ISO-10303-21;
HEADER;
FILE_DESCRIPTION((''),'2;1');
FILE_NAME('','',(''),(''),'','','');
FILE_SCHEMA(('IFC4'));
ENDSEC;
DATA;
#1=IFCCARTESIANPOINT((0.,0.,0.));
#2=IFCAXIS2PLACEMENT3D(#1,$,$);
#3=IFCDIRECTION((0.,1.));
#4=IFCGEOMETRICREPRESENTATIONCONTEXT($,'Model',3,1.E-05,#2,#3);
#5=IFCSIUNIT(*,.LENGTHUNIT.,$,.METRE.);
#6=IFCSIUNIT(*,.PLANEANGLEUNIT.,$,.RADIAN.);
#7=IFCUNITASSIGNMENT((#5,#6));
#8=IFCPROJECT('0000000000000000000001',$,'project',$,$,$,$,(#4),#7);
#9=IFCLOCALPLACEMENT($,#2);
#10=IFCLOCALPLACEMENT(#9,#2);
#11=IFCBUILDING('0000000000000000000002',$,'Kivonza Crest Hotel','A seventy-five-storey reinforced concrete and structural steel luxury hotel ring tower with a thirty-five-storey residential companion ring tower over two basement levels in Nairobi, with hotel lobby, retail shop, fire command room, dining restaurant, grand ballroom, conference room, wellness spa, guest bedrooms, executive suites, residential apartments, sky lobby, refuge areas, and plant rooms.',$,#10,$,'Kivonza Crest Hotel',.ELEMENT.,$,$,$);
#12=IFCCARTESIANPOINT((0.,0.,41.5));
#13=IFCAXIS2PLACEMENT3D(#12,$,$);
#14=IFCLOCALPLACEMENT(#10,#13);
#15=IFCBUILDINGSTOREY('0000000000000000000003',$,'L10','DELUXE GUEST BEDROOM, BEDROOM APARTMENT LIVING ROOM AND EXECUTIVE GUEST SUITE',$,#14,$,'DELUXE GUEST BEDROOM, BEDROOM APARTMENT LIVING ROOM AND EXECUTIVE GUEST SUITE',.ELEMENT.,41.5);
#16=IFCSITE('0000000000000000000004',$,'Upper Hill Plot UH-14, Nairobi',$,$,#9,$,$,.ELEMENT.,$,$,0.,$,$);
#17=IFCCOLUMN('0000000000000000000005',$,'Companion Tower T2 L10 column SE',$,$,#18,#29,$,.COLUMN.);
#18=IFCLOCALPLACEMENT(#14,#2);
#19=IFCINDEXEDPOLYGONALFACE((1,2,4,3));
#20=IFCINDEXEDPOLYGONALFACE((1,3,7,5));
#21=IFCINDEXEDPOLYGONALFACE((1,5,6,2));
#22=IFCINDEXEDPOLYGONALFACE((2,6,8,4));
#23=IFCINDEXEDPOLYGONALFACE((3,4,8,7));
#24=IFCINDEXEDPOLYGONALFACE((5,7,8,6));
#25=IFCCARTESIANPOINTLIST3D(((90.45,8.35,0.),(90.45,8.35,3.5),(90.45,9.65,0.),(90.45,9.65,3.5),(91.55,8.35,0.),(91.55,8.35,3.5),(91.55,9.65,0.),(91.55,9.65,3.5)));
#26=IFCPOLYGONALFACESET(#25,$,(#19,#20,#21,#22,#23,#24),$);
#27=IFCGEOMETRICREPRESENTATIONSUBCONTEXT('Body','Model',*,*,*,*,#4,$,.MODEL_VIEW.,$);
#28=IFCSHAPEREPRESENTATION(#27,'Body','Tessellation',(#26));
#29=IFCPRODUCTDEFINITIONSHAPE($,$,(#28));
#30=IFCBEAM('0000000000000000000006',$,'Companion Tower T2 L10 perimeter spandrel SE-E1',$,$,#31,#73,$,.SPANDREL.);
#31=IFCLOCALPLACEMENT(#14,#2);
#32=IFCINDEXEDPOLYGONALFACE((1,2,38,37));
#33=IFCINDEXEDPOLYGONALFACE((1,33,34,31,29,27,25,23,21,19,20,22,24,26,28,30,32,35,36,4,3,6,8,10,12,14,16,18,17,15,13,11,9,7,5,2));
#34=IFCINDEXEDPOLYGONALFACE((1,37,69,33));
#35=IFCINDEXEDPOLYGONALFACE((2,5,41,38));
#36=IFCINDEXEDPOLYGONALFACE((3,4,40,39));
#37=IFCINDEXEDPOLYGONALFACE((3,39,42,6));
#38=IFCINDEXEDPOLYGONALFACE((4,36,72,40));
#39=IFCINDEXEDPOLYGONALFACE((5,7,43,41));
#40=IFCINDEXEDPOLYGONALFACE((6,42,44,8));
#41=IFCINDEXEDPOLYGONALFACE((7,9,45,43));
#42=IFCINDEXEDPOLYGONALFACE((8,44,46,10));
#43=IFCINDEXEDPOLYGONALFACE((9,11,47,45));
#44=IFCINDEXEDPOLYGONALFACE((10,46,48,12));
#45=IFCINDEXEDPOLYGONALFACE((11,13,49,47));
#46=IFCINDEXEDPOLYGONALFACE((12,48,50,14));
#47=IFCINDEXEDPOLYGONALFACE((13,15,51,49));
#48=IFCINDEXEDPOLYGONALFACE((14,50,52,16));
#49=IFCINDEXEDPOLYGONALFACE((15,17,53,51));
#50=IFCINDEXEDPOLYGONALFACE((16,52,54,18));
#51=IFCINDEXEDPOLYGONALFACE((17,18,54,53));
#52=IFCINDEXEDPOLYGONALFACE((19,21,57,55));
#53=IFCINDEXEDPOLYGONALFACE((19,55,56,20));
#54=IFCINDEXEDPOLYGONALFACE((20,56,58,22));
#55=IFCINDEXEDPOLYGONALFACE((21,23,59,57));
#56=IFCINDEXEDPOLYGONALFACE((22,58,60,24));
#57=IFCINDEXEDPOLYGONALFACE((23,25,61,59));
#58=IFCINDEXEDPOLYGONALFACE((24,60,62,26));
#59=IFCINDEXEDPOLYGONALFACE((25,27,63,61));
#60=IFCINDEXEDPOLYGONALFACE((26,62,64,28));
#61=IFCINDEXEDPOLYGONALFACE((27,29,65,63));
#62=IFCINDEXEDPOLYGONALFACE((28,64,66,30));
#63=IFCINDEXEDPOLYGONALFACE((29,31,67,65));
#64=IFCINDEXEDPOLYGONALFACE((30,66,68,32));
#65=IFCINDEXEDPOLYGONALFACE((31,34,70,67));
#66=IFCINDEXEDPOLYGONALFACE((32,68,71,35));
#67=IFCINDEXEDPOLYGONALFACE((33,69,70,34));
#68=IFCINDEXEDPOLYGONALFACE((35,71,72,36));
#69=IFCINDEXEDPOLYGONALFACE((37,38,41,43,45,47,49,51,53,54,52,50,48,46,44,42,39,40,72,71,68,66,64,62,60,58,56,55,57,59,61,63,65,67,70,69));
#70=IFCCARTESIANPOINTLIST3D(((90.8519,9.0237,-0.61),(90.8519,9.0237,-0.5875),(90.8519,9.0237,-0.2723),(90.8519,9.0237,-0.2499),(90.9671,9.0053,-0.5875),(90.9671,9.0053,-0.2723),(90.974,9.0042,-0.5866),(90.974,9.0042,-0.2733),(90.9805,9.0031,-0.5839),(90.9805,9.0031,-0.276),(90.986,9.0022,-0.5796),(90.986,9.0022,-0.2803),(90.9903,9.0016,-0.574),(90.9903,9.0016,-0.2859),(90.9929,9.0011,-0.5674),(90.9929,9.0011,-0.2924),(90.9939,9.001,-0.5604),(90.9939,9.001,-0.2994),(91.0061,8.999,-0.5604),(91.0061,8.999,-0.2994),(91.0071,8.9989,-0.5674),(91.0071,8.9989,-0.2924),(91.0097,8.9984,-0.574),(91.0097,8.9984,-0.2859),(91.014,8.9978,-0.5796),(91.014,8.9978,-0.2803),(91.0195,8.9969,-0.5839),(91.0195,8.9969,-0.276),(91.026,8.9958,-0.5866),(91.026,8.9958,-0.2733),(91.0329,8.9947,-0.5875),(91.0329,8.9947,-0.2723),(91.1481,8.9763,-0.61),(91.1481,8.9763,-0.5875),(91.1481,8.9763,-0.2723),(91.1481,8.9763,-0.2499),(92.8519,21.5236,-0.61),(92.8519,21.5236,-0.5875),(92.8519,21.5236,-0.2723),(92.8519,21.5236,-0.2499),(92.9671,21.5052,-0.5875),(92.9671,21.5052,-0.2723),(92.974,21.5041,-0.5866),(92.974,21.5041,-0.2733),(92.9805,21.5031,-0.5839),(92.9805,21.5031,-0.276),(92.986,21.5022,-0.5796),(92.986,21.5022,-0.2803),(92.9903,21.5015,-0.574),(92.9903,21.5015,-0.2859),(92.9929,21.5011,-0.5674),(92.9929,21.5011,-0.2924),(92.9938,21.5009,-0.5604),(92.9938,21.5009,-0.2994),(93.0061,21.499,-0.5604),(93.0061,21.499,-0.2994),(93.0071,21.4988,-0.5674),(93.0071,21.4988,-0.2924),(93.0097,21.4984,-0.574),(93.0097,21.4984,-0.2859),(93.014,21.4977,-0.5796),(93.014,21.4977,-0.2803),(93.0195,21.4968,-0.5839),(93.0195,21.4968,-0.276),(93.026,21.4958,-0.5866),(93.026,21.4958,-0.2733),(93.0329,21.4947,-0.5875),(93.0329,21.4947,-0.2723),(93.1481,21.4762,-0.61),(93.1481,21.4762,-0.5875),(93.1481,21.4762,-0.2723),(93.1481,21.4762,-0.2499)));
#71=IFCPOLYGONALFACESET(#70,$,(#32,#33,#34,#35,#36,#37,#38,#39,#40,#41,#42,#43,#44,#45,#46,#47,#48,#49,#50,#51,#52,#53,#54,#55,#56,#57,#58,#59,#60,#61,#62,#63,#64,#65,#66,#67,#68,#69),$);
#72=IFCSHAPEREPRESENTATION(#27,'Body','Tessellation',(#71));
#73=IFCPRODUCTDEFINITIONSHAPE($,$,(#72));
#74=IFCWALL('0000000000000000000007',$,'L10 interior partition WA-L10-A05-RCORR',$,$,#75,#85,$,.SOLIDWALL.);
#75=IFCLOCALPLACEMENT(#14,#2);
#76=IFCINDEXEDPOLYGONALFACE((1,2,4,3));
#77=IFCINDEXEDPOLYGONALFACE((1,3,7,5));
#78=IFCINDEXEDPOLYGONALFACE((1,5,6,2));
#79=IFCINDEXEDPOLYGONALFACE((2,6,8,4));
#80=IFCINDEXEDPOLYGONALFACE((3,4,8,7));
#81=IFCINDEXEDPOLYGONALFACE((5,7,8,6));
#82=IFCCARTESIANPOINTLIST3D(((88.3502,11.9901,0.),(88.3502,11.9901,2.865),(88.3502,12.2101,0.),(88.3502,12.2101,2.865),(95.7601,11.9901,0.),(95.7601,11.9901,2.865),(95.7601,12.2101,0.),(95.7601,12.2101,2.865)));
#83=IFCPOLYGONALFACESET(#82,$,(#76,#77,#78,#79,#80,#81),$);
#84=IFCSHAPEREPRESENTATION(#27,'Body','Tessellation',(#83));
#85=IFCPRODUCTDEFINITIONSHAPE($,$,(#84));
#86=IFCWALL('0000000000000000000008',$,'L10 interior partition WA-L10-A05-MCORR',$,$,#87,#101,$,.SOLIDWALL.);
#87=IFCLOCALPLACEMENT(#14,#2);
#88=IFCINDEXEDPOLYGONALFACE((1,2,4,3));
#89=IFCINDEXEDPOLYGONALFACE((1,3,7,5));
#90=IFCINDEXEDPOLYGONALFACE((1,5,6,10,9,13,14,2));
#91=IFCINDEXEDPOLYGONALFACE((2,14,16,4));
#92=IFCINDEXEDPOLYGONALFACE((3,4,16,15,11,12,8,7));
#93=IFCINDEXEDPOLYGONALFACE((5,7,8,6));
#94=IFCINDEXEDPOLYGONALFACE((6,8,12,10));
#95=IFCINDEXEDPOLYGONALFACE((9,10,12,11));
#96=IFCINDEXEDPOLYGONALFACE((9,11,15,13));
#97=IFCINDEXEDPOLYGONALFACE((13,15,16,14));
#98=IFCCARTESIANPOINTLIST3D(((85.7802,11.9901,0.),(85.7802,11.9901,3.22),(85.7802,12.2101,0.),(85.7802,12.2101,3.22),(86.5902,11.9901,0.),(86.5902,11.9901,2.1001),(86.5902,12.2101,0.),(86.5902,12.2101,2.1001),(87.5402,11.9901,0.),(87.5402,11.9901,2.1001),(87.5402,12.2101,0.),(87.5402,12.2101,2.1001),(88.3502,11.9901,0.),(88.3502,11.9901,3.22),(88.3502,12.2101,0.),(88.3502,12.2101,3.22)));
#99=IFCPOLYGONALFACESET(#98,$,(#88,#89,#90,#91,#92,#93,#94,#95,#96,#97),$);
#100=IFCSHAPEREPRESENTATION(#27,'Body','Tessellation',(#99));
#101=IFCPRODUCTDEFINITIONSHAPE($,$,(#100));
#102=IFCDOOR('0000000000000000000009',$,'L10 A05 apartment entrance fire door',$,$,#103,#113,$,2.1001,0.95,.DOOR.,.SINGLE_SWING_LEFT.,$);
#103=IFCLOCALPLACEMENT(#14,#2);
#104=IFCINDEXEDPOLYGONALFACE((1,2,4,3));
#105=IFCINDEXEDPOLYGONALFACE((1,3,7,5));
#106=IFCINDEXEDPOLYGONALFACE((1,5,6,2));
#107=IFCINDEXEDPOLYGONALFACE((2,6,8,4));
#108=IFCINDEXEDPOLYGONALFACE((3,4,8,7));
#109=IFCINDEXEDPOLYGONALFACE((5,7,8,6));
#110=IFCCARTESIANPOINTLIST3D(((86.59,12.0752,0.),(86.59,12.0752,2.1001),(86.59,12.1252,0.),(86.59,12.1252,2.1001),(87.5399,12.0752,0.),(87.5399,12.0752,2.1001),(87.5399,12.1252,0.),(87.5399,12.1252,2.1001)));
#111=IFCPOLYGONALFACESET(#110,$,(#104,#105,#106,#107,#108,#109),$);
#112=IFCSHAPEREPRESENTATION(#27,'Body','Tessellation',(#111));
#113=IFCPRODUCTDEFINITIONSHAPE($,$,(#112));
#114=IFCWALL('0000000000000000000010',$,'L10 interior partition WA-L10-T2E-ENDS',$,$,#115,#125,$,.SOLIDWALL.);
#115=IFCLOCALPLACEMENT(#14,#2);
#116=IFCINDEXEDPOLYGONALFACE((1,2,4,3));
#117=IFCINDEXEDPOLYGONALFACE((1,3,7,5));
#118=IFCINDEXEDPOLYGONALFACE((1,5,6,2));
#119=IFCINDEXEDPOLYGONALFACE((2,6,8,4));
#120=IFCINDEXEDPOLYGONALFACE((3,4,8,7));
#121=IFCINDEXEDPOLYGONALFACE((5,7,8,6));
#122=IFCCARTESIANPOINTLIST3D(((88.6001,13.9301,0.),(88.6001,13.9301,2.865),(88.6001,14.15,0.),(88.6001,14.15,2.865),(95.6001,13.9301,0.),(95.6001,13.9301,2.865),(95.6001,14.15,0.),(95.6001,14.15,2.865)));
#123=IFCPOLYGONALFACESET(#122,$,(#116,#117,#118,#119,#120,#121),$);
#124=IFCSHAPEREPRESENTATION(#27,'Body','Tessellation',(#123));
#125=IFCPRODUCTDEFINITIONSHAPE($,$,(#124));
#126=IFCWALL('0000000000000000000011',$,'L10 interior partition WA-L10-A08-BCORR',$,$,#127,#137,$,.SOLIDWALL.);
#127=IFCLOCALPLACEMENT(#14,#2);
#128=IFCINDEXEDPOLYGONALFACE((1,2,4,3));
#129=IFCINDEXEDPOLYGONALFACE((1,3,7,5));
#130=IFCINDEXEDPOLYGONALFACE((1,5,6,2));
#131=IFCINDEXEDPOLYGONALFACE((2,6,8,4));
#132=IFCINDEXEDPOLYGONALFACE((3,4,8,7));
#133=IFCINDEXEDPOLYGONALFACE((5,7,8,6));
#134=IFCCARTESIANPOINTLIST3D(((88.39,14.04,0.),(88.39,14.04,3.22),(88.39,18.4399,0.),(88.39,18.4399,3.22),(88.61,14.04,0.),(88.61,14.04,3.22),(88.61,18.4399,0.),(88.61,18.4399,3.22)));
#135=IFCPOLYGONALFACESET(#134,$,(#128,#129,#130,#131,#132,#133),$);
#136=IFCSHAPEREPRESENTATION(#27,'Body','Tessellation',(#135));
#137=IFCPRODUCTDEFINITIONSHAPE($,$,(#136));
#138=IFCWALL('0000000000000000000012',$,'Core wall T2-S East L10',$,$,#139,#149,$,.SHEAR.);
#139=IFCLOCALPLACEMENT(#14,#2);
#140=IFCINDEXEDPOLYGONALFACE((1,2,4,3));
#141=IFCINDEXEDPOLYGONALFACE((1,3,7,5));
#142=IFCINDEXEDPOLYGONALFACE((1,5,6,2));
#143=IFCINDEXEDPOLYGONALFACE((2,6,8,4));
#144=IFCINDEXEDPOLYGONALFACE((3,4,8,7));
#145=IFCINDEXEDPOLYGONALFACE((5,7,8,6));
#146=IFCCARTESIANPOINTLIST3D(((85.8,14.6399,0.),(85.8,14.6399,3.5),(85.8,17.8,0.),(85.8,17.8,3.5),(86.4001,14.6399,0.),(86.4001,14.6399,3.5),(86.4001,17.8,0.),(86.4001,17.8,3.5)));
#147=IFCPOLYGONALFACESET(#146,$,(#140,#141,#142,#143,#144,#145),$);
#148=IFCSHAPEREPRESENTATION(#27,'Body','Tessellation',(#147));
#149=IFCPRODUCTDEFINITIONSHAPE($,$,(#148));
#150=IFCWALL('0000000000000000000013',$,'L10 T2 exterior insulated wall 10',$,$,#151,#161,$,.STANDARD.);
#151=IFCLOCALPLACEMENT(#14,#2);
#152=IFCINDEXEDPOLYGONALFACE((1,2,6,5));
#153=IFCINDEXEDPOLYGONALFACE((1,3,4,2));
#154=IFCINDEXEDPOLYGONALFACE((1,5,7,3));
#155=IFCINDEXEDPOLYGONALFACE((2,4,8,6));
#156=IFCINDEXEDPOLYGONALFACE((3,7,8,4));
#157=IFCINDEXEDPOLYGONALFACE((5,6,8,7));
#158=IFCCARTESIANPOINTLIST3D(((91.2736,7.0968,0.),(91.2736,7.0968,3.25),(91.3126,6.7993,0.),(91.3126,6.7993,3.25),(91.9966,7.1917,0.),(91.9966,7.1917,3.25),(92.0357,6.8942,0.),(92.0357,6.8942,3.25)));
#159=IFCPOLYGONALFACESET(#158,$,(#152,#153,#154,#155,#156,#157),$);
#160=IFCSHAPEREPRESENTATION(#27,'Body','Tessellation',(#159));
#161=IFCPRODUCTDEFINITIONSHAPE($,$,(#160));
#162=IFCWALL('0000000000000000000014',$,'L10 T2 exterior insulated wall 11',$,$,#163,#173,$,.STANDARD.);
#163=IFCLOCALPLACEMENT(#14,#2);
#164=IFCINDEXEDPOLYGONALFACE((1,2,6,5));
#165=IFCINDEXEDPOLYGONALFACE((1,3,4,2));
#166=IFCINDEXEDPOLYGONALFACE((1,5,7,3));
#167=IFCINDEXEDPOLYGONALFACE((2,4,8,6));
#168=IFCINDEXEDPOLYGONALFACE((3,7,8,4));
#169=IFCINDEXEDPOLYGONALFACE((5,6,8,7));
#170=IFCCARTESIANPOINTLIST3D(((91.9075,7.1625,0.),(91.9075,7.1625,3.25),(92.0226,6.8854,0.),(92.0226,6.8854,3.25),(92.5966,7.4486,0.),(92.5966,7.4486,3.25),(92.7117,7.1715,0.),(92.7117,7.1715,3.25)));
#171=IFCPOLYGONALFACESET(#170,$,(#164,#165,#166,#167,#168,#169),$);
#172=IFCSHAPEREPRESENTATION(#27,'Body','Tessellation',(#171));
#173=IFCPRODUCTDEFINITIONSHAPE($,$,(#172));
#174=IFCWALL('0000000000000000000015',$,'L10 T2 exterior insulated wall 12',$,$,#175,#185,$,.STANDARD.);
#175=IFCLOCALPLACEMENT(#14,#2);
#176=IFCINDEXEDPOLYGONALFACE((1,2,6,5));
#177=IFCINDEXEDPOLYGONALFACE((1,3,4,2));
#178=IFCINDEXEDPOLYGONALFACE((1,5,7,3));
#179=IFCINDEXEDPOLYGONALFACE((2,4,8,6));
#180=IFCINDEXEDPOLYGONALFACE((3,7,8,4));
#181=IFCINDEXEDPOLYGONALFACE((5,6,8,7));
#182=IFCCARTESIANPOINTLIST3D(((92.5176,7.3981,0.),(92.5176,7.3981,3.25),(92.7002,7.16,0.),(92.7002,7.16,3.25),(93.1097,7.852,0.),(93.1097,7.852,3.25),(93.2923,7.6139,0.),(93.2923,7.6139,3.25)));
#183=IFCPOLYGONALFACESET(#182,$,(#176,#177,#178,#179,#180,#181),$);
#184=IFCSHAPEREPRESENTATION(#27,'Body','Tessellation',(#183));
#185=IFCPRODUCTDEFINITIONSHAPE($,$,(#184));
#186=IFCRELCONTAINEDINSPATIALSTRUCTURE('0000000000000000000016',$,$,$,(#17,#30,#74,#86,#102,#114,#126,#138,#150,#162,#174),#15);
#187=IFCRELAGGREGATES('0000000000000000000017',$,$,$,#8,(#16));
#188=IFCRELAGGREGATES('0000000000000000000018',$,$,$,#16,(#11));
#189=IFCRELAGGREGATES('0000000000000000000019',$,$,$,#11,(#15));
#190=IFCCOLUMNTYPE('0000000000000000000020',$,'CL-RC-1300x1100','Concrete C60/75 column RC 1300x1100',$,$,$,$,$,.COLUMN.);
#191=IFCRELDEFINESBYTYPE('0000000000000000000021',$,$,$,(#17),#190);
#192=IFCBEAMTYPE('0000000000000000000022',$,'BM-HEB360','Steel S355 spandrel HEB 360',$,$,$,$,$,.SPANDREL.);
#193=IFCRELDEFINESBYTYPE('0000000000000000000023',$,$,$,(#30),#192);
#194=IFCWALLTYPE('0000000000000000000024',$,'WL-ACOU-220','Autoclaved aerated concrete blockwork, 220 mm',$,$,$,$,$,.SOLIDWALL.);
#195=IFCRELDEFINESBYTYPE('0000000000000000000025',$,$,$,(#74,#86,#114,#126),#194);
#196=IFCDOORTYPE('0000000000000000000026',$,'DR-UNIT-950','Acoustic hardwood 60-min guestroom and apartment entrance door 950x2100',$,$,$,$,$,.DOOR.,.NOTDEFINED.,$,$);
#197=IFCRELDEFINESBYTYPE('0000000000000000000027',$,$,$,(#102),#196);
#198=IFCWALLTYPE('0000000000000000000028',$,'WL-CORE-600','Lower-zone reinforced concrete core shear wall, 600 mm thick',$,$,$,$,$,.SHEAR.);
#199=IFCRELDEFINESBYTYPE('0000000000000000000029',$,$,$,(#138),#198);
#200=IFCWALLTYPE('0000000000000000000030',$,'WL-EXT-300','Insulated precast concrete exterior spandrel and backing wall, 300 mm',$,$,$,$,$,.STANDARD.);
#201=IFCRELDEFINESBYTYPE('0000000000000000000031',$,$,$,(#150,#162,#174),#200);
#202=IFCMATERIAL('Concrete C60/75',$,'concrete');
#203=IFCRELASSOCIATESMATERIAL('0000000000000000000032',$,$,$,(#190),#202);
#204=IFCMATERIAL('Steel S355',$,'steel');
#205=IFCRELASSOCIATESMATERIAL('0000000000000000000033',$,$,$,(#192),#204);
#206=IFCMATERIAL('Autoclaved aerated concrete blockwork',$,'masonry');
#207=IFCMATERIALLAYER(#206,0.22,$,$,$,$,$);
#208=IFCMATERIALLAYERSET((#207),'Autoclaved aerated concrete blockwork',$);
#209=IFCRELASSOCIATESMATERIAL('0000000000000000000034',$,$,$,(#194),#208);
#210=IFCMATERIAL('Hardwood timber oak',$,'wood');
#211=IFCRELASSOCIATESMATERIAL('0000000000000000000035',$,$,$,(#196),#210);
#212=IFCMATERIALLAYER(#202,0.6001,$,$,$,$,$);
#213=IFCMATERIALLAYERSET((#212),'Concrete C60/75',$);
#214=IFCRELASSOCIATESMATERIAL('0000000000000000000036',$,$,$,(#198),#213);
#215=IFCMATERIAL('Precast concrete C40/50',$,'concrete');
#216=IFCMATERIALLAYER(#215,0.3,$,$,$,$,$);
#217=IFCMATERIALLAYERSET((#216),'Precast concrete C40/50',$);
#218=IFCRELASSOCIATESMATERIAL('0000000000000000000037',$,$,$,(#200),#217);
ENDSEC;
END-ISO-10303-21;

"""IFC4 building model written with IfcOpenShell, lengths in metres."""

from ifc_helpers import new_model, si_unit, direction, frame, frame_2d, origin, origin_2d, place, context, subcontext, project, spatial, rectangle, i_section, extrude, material, layer, layer_set, material_profile, profile_set, type_object, element, fill, save


model = new_model("IFC4")

# Units and contexts
model_context = context("Model", 3, precision=1e-05, world=origin(), true_north=direction((0.0, 1.0)))
body_context = subcontext(model_context, "Body", "Model", "MODEL_VIEW")
ifc_project = project(units=[si_unit("LENGTHUNIT", "METRE"), si_unit("PLANEANGLEUNIT", "RADIAN")], contexts=[model_context])

# Site, building, storey
site_placement = place(None, origin())
site = spatial("IfcSite", under=ifc_project, at=site_placement, Name="Upper Hill Plot UH-14, Nairobi", CompositionType="ELEMENT", RefElevation=0.0)
building_placement = place(site_placement, origin())
building = spatial("IfcBuilding", under=site, at=building_placement, Name="Kivonza Crest Hotel", Description="A seventy-five-storey reinforced concrete and structural steel luxury hotel ring tower with a thirty-five-storey residential companion ring tower over two basement levels in Nairobi, with hotel lobby, retail shop, fire command room, dining restaurant, grand ballroom, conference room, wellness spa, guest bedrooms, executive suites, residential apartments, sky lobby, refuge areas, and plant rooms.", LongName="Kivonza Crest Hotel", CompositionType="ELEMENT")
storey_placement = place(building_placement, frame((0.0, 0.0, 41.5)))
storey = spatial("IfcBuildingStorey", under=building, at=storey_placement, Name="L10", Description="DELUXE GUEST BEDROOM, BEDROOM APARTMENT LIVING ROOM AND EXECUTIVE GUEST SUITE", LongName="DELUXE GUEST BEDROOM, BEDROOM APARTMENT LIVING ROOM AND EXECUTIVE GUEST SUITE", CompositionType="ELEMENT", Elevation=41.5)

# Column
ifc_material_1 = material(Name="Concrete C60/75", Category="concrete")
ifc_material_profile_1 = material_profile(ifc_material_1, rectangle(XDim=1.1001, YDim=1.3, at=origin_2d()), Name="RC 1300x1100")
ifc_profile_set_1 = profile_set([ifc_material_profile_1], Name="Concrete C60/75")
column_type = type_object("IfcColumnType", Name="CL-RC-1300x1100", Description="Concrete C60/75 column RC 1300x1100", PredefinedType="COLUMN", material=ifc_profile_set_1)
column_placement = place(storey_placement, frame((91.0, 9.0, 0.0), z_axis=(0.0, 0.0, 1.0), x_axis=(1.0, 0.0, 0.0)))
element("IfcColumn", 1, at=column_placement, inside=storey, type_object=column_type, Name="Companion Tower T2 L10 column SE", PredefinedType="COLUMN", context=body_context, shape_type="SweptSolid", body=[
    extrude(rectangle(XDim=1.1001, YDim=1.3, at=origin_2d()), origin(), (0.0, 0.0, 1.0), 3.5),
])

# Beam
ifc_material_2 = material(Name="Steel S355", Category="steel")
ifc_material_profile_2 = material_profile(ifc_material_2, i_section(OverallWidth=0.3, OverallDepth=0.3601, WebThickness=0.0125, FlangeThickness=0.0225, FilletRadius=0.0271, at=origin_2d()), Name="HEB 360")
ifc_profile_set_2 = profile_set([ifc_material_profile_2], Name="Steel S355")
beam_type = type_object("IfcBeamType", Name="BM-HEB360", Description="Steel S355 spandrel HEB 360", PredefinedType="SPANDREL", material=ifc_profile_set_2)
beam_placement = place(storey_placement, frame((91.0, 9.0, -0.4299), z_axis=(0.157991, 0.987441, 0.0), x_axis=(-0.987441, 0.157991, 0.0)))
element("IfcBeam", 2, at=beam_placement, inside=storey, type_object=beam_type, Name="Companion Tower T2 L10 perimeter spandrel SE-E1", PredefinedType="SPANDREL", context=body_context, shape_type="SweptSolid", body=[
    extrude(i_section(OverallWidth=0.3, OverallDepth=0.3601, WebThickness=0.0125, FlangeThickness=0.0225, FilletRadius=0.0271, at=origin_2d()), origin(), (0.0, 0.0, 1.0), 12.6589),
])

# Wall
ifc_material_3 = material(Name="Autoclaved aerated concrete blockwork", Category="masonry")
ifc_layer_1 = layer(ifc_material_3, 0.22)
ifc_layer_set_1 = layer_set([ifc_layer_1], Name="Autoclaved aerated concrete blockwork")
wall_type_1 = type_object("IfcWallType", Name="WL-ACOU-220", Description="Autoclaved aerated concrete blockwork, 220 mm", PredefinedType="SOLIDWALL", material=ifc_layer_set_1)
wall_1_placement = place(storey_placement, frame((88.3501, 12.1001, 0.0), z_axis=(0.0, 0.0, 1.0), x_axis=(1.0, 0.0, 0.0)))
element("IfcWall", 3, at=wall_1_placement, inside=storey, type_object=wall_type_1, Name="L10 interior partition WA-L10-A05-RCORR", PredefinedType="SOLIDWALL", context=body_context, shape_type="SweptSolid", body=[
    extrude(rectangle(XDim=7.4099, YDim=0.22, at=frame_2d((3.7051, 0.0))), origin(), (0.0, 0.0, 1.0), 2.865),
])

# Wall, opening, door
wall_2_placement = place(storey_placement, frame((85.78, 12.1001, 0.0), z_axis=(0.0, 0.0, 1.0), x_axis=(1.0, 0.0, 0.0)))
wall_2 = element("IfcWall", 4, at=wall_2_placement, inside=storey, type_object=wall_type_1, Name="L10 interior partition WA-L10-A05-MCORR", PredefinedType="SOLIDWALL", context=body_context, shape_type="SweptSolid", body=[
    extrude(rectangle(XDim=2.5701, YDim=0.22, at=frame_2d((1.2852, 0.0))), origin(), (0.0, 0.0, 1.0), 3.22),
])
opening_1_placement = place(wall_2_placement, frame((0.8101, 0.0, 0.0)))
opening_1 = element("IfcOpeningElement", 5, at=opening_1_placement, cuts=wall_2, PredefinedType="OPENING", context=body_context, shape_type="SweptSolid", body=[
    extrude(rectangle(XDim=0.95, YDim=2.1001, at=frame_2d((0.4751, 1.05))), frame((0.0, 0.1201, 0.0), z_axis=(0.0, -1.0, 0.0), x_axis=(1.0, 0.0, 0.0)), (0.0, 0.0, 1.0), 0.24),
])
ifc_material_4 = material(Name="Hardwood timber oak", Category="wood")
door_type_1 = type_object("IfcDoorType", Name="DR-UNIT-950", Description="Acoustic hardwood 60-min guestroom and apartment entrance door 950x2100", OperationType="NOTDEFINED", PredefinedType="DOOR", material=ifc_material_4)
door_1_placement = place(opening_1_placement, frame((0.95, 0.0, 0.0), z_axis=(0.0, 0.0, 1.0), x_axis=(-1.0, 0.0, 0.0)))
door_1 = element("IfcDoor", 6, at=door_1_placement, inside=storey, type_object=door_type_1, Name="L10 A05 apartment entrance fire door", OperationType="SINGLE_SWING_LEFT", OverallHeight=2.1001, OverallWidth=0.95, PredefinedType="DOOR", context=body_context, shape_type="SweptSolid", body=[
    extrude(rectangle(XDim=0.95, YDim=2.1001, at=frame_2d((0.4751, 1.05))), frame((0.0, 0.0249, 0.0), z_axis=(0.0, -1.0, 0.0), x_axis=(1.0, 0.0, 0.0)), (0.0, 0.0, 1.0), 0.05),
])
fill(opening_1, door_1)

# Walls
wall_3_placement = place(storey_placement, frame((88.6001, 14.04, 0.0), z_axis=(0.0, 0.0, 1.0), x_axis=(1.0, 0.0, 0.0)))
element("IfcWall", 7, at=wall_3_placement, inside=storey, type_object=wall_type_1, Name="L10 interior partition WA-L10-T2E-ENDS", PredefinedType="SOLIDWALL", context=body_context, shape_type="SweptSolid", body=[
    extrude(rectangle(XDim=7.0, YDim=0.22, at=frame_2d((3.5, 0.0))), origin(), (0.0, 0.0, 1.0), 2.865),
])
wall_4_placement = place(storey_placement, frame((88.5, 14.04, 0.0), z_axis=(0.0, 0.0, 1.0), x_axis=(0.0, 1.0, 0.0)))
element("IfcWall", 8, at=wall_4_placement, inside=storey, type_object=wall_type_1, Name="L10 interior partition WA-L10-A08-BCORR", PredefinedType="SOLIDWALL", context=body_context, shape_type="SweptSolid", body=[
    extrude(rectangle(XDim=4.3999, YDim=0.22, at=frame_2d((2.2, 0.0))), origin(), (0.0, 0.0, 1.0), 3.22),
])
ifc_layer_2 = layer(ifc_material_1, 0.6001)
ifc_layer_set_2 = layer_set([ifc_layer_2], Name="Concrete C60/75")
wall_type_2 = type_object("IfcWallType", Name="WL-CORE-600", Description="Lower-zone reinforced concrete core shear wall, 600 mm thick", PredefinedType="SHEAR", material=ifc_layer_set_2)
wall_5_placement = place(storey_placement, frame((86.1001, 14.6399, 0.0), z_axis=(0.0, 0.0, 1.0), x_axis=(0.0, 1.0, 0.0)))
element("IfcWall", 9, at=wall_5_placement, inside=storey, type_object=wall_type_2, Name="Core wall T2-S East L10", PredefinedType="SHEAR", context=body_context, shape_type="SweptSolid", body=[
    extrude(rectangle(XDim=3.1602, YDim=0.6001, at=frame_2d((1.5801, 0.0))), origin(), (0.0, 0.0, 1.0), 3.5),
])
ifc_material_5 = material(Name="Precast concrete C40/50", Category="concrete")
ifc_layer_3 = layer(ifc_material_5, 0.3)
ifc_layer_set_3 = layer_set([ifc_layer_3], Name="Precast concrete C40/50")
wall_type_3 = type_object("IfcWallType", Name="WL-EXT-300", Description="Insulated precast concrete exterior spandrel and backing wall, 300 mm", PredefinedType="STANDARD", material=ifc_layer_set_3)
wall_6_placement = place(storey_placement, frame((91.293, 6.948, 0.0), z_axis=(0.0, 0.0, 1.0), x_axis=(0.991486, 0.130212, 0.0)))
element("IfcWall", 10, at=wall_6_placement, inside=storey, type_object=wall_type_3, Name="L10 T2 exterior insulated wall 10", PredefinedType="STANDARD", context=body_context, shape_type="SweptSolid", body=[
    extrude(rectangle(XDim=0.7292, YDim=0.3, at=frame_2d((0.3647, 0.0))), origin(), (0.0, 0.0, 1.0), 3.25),
])
for number, where, z_axis, x_axis, name in (
    (11, (91.9651, 7.0239, 0.0), (0.0, 0.0, 1.0), (0.923522, 0.383546, 0.0), "L10 T2 exterior insulated wall 11"),
    (12, (92.6089, 7.2791, 0.0), (0.0, 0.0, 1.0), (0.793633, 0.608397, 0.0), "L10 T2 exterior insulated wall 12"),
):
    element("IfcWall", number, at=place(storey_placement, frame(where, z_axis=z_axis, x_axis=x_axis)), inside=storey, type_object=wall_type_3, Name=name, PredefinedType="STANDARD", context=body_context, shape_type="SweptSolid", body=[
        extrude(rectangle(XDim=0.7461, YDim=0.3, at=frame_2d((0.373, 0.0))), origin(), (0.0, 0.0, 1.0), 3.25),
    ])

save(model, "model.ifc")
